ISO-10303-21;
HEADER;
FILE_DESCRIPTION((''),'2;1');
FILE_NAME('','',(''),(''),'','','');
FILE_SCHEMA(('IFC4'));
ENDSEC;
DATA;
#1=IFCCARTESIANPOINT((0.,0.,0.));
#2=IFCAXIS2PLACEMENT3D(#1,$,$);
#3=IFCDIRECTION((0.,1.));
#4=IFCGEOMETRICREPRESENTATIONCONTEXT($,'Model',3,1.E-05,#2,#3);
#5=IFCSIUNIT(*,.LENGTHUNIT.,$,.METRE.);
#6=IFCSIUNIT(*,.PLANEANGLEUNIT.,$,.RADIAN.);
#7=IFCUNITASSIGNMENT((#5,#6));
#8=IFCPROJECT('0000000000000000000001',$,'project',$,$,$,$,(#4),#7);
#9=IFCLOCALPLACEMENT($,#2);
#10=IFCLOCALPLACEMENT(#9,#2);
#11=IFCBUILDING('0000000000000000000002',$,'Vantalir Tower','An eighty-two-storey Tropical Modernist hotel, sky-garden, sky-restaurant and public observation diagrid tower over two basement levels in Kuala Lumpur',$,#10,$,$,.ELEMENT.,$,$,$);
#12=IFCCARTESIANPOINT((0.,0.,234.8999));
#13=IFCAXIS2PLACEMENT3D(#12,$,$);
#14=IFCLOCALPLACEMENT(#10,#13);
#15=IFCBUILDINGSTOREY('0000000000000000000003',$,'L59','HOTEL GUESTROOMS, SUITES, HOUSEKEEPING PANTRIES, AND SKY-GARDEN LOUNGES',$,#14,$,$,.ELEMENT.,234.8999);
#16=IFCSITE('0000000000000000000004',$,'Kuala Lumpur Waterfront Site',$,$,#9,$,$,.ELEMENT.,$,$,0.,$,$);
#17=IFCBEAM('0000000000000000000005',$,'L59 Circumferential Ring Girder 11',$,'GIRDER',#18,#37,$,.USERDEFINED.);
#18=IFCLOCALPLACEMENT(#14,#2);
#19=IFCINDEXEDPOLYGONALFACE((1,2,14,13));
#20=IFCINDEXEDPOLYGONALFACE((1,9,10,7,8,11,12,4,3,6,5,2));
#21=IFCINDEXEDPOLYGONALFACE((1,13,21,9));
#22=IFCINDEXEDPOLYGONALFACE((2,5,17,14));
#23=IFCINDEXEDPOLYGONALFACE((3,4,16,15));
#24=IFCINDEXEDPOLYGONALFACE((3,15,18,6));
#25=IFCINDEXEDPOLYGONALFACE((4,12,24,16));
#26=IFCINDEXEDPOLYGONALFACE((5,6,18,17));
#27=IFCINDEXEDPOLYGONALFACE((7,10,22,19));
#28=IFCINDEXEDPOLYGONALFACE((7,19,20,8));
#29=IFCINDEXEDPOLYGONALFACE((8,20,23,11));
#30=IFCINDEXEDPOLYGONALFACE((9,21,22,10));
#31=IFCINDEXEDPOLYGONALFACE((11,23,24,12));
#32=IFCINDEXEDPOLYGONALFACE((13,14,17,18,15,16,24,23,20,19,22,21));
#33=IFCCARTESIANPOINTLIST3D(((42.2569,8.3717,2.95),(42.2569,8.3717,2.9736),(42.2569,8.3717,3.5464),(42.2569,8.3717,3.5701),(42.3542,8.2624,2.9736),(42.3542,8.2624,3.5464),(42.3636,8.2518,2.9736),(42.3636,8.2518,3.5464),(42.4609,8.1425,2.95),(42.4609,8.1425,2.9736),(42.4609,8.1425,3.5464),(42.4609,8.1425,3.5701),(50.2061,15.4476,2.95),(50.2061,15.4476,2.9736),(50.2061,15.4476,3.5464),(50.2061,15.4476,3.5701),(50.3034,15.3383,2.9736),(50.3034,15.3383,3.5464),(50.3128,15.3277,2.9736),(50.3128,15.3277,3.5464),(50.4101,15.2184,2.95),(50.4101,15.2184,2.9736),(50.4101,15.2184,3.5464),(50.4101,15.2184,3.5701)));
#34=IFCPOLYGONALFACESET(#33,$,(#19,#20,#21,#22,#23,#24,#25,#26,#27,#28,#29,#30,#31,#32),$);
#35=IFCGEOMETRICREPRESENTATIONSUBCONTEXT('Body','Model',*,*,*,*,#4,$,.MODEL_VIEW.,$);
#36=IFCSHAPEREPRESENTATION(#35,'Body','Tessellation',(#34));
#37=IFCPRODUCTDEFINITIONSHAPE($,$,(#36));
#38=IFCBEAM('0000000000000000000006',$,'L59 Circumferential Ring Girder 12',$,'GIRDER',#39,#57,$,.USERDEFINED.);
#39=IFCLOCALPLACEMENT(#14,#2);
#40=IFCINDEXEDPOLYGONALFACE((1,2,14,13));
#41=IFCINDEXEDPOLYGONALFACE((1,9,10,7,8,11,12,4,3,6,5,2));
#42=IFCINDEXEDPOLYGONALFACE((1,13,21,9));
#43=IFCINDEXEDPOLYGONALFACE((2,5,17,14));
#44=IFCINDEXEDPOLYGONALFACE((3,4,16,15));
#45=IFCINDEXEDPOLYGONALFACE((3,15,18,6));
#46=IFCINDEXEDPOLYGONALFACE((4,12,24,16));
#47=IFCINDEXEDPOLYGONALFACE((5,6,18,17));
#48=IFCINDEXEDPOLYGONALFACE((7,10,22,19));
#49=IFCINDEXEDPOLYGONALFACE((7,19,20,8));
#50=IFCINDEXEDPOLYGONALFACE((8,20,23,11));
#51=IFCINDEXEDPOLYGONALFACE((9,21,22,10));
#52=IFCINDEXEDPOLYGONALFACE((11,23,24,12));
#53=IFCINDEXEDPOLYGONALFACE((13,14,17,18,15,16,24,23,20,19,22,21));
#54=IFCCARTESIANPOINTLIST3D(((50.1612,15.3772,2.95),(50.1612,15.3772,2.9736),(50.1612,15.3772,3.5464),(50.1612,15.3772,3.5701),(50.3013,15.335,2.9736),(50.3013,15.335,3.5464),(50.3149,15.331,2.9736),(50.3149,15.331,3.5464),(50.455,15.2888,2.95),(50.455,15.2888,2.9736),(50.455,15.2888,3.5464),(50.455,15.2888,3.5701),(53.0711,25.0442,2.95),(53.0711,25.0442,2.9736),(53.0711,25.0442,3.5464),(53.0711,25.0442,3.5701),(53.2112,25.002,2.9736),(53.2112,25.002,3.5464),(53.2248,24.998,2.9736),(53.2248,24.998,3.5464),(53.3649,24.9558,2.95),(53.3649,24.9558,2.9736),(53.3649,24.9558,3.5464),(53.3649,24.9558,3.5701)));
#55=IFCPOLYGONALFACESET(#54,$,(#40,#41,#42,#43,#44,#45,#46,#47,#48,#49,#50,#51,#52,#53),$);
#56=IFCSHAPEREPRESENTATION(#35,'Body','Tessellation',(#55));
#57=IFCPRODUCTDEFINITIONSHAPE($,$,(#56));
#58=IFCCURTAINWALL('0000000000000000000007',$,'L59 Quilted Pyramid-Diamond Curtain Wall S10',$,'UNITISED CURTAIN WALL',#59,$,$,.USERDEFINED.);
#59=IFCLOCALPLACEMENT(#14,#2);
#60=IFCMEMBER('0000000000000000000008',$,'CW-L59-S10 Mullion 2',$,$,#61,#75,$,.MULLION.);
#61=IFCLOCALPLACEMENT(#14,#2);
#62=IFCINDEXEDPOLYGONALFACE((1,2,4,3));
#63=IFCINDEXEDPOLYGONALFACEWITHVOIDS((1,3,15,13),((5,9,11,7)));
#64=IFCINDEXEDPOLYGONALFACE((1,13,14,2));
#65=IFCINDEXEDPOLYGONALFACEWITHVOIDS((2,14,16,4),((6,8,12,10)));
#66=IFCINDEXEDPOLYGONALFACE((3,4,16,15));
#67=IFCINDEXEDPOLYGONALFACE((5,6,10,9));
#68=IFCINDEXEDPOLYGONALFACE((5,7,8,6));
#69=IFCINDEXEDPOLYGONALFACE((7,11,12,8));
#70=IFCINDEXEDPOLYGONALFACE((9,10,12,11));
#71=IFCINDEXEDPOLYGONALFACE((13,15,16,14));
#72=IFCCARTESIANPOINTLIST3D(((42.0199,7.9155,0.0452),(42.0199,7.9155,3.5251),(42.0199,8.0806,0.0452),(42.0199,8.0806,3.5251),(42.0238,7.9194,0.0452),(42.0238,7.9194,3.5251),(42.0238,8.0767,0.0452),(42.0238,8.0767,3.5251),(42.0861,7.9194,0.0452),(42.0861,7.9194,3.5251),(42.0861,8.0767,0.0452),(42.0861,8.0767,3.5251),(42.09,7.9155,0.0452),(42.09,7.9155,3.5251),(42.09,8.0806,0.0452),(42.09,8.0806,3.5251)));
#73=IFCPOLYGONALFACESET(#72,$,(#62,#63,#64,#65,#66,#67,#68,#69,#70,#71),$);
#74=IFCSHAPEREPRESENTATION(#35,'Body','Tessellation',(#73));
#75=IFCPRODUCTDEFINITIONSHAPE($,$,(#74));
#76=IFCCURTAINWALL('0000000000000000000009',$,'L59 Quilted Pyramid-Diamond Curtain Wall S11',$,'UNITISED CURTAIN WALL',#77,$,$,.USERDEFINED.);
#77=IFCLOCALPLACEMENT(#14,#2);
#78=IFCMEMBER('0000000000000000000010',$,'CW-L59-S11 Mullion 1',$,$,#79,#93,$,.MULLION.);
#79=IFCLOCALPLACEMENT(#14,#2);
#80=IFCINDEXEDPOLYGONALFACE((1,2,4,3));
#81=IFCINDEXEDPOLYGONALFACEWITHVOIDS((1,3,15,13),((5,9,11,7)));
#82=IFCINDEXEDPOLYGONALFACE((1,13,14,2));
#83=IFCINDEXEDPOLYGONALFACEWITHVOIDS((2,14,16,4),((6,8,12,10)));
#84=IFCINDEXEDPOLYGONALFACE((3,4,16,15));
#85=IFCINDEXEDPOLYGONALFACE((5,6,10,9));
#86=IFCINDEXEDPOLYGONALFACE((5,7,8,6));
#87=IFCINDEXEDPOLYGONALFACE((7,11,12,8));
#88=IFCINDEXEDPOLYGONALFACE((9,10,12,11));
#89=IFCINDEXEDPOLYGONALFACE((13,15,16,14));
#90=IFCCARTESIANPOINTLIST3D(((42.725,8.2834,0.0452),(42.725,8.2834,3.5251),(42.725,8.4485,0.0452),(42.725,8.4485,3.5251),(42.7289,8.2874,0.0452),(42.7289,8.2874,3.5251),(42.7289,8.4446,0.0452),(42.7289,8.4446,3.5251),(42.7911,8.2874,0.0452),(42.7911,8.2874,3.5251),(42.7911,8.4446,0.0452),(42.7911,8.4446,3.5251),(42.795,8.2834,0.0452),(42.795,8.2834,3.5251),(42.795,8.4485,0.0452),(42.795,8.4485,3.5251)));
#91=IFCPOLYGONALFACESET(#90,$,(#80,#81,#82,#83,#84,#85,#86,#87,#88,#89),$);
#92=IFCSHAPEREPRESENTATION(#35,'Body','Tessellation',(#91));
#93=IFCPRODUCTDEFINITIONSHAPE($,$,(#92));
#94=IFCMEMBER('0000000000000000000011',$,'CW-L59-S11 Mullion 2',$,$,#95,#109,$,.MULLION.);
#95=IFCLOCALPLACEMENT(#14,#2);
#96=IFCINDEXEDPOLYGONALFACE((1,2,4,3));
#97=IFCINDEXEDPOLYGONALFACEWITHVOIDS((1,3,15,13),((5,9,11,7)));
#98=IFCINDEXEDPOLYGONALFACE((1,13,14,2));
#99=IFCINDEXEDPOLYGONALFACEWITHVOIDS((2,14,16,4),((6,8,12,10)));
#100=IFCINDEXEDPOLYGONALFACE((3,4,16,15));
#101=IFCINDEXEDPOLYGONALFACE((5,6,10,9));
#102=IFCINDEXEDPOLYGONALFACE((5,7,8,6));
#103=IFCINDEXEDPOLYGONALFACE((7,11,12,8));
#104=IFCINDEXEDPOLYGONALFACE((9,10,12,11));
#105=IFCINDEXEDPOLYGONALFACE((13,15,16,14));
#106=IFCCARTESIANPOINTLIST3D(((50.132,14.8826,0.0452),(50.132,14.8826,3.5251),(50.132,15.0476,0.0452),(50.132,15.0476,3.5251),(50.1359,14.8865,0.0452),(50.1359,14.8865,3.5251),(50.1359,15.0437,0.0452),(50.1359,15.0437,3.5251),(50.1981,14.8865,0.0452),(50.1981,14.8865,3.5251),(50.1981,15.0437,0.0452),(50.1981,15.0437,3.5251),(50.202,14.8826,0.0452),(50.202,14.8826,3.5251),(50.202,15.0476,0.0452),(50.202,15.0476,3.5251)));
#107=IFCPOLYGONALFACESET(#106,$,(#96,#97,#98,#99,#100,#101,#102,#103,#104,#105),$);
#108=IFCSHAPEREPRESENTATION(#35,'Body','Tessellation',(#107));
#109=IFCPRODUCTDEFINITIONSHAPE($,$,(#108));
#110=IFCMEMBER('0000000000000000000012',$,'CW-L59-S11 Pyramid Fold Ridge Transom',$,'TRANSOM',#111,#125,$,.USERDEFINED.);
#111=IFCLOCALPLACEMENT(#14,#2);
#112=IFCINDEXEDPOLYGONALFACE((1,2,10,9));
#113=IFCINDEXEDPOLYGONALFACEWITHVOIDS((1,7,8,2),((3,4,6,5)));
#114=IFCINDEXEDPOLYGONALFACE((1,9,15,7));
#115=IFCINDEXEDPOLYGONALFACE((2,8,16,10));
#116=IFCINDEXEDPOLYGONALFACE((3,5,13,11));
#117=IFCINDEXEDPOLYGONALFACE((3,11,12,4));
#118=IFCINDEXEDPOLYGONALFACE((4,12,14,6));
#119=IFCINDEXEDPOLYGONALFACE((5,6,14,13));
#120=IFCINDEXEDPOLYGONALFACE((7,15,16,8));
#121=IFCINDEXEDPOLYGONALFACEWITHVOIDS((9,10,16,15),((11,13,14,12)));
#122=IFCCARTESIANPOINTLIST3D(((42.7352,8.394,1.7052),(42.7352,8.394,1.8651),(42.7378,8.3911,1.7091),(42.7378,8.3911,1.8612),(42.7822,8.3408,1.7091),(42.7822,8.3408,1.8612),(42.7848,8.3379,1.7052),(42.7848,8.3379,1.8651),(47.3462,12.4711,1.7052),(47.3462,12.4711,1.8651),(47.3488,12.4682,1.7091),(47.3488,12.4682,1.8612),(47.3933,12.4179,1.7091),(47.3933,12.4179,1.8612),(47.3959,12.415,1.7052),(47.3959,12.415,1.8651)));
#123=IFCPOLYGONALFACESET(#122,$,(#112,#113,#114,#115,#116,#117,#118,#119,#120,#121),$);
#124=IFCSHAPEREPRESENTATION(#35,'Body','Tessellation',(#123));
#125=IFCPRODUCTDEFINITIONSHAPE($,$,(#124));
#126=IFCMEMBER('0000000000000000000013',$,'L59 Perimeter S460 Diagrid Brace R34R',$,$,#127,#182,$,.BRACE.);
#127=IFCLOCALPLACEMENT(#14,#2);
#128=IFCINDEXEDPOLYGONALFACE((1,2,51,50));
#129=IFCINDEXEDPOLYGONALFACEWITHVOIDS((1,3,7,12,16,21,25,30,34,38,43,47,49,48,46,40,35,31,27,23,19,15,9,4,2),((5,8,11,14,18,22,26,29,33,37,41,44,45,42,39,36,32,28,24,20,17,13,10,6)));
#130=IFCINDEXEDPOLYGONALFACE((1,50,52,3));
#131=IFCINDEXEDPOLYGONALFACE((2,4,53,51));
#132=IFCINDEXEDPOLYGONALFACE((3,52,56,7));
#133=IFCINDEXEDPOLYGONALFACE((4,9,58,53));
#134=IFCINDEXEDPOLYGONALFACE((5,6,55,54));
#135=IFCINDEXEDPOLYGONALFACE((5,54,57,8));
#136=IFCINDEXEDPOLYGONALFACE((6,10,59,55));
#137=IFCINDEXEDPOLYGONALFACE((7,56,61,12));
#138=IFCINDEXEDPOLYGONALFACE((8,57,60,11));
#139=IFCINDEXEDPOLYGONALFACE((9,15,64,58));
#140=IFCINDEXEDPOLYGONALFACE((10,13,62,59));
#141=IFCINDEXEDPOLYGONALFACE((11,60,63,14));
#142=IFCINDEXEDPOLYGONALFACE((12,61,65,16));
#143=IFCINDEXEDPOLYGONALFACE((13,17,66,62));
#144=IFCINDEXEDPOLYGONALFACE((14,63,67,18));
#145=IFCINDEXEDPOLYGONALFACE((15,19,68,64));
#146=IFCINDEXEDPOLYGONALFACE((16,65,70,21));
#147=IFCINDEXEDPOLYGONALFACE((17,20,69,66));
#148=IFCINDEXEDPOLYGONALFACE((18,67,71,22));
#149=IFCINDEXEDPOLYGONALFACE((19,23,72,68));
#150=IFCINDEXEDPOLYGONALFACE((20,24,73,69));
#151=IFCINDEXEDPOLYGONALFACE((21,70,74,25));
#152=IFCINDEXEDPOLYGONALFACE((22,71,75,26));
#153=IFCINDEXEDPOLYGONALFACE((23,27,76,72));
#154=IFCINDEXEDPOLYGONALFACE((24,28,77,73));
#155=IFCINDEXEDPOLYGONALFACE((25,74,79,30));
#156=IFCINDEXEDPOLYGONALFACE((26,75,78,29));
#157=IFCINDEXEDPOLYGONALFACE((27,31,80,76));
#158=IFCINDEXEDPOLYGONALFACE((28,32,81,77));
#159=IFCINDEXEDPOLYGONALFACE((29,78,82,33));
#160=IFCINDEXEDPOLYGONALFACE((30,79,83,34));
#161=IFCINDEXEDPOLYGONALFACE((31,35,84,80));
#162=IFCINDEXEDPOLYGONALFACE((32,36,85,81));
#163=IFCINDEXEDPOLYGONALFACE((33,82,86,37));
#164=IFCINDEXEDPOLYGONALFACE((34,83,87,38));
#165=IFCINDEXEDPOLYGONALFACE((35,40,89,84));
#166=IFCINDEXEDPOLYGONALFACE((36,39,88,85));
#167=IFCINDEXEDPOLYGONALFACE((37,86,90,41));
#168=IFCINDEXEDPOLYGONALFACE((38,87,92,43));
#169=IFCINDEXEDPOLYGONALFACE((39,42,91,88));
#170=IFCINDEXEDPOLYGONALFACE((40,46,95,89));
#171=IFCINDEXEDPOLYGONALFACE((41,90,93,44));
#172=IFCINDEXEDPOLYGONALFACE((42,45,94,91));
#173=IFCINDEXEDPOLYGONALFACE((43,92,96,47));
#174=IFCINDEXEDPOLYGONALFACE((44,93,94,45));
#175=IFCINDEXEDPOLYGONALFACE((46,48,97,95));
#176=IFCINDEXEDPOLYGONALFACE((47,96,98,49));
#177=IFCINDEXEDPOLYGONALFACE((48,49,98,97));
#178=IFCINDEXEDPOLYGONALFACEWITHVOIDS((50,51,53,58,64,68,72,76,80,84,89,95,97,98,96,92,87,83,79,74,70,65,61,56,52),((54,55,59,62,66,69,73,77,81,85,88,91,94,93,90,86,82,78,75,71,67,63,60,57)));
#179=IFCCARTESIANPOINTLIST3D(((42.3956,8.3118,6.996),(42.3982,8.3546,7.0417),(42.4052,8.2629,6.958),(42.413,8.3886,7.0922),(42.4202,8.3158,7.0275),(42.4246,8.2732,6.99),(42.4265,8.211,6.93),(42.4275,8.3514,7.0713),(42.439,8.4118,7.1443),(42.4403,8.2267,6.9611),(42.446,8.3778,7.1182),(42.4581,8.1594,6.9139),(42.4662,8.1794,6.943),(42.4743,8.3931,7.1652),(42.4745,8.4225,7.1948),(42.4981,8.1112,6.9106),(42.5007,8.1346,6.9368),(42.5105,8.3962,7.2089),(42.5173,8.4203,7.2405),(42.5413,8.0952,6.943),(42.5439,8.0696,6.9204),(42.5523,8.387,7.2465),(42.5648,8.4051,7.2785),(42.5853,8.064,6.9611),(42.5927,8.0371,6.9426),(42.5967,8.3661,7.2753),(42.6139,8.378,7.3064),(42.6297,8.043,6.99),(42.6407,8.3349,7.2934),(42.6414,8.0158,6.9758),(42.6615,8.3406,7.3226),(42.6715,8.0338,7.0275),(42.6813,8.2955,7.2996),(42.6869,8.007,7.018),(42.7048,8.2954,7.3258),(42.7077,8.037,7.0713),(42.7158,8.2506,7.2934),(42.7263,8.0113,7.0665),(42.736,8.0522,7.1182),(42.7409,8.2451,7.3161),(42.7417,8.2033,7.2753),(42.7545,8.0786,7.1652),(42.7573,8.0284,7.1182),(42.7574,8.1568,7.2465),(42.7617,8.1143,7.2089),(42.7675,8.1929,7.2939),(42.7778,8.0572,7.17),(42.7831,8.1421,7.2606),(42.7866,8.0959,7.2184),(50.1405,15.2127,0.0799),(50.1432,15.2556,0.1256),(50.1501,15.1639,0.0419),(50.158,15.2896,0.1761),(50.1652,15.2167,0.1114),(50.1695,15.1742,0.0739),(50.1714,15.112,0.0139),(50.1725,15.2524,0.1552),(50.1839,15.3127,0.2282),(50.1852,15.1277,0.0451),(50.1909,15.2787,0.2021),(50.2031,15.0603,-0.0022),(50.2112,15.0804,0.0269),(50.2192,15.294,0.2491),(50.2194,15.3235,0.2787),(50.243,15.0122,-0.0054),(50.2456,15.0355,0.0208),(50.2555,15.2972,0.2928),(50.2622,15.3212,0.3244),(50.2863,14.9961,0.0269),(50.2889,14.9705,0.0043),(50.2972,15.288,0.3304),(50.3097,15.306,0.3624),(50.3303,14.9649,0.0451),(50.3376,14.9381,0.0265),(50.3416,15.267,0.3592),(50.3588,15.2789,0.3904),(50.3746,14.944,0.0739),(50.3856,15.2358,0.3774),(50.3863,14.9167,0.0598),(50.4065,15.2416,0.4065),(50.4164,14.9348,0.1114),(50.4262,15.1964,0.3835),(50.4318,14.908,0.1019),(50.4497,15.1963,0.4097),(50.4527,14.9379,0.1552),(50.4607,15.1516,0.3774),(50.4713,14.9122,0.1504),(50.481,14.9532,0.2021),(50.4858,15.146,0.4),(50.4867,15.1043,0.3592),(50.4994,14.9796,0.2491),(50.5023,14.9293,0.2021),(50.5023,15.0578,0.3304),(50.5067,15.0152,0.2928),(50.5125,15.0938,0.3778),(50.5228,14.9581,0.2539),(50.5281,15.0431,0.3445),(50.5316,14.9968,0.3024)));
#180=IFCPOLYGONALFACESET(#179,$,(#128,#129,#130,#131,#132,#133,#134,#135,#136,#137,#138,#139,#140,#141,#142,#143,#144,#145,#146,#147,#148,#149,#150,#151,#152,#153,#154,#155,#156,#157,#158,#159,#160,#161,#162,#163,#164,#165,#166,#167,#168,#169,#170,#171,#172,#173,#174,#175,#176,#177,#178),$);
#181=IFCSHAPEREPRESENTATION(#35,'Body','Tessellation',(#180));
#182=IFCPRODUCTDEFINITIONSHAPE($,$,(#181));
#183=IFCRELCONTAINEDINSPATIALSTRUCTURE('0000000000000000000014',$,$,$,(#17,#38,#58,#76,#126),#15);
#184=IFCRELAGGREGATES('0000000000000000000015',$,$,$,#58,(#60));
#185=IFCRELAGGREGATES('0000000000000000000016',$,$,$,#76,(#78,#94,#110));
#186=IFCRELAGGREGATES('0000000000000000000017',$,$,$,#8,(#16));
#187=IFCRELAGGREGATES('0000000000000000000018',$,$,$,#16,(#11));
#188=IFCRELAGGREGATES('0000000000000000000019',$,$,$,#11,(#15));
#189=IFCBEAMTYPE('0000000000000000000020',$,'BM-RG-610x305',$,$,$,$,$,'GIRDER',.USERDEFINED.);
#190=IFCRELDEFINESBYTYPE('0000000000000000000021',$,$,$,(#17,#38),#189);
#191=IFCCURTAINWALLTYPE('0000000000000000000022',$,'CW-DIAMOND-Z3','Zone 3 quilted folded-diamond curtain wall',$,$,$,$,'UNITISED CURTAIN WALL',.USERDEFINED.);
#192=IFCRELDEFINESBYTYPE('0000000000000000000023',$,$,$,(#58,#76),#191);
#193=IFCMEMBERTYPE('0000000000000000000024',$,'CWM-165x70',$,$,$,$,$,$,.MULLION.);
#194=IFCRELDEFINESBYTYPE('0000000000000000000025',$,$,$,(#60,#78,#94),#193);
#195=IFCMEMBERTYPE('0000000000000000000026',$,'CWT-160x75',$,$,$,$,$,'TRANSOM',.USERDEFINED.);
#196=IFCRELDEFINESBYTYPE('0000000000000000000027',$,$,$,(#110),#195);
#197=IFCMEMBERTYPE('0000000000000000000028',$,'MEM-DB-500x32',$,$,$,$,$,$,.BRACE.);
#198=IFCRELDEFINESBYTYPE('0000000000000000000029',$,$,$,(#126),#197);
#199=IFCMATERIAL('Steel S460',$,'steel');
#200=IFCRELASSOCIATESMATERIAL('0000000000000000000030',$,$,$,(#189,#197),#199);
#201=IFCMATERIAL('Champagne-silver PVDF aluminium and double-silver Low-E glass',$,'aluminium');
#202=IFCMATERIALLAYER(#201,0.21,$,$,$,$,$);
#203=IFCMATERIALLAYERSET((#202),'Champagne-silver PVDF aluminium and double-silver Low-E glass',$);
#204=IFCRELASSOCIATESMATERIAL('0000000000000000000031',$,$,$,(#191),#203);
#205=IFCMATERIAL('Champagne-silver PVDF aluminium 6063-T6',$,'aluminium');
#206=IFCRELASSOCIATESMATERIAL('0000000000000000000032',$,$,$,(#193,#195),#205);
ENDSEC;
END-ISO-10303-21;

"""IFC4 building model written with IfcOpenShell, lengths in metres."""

from ifc_helpers import new_model, si_unit, direction, frame, origin, origin_2d, place, context, subcontext, project, spatial, hollow_rectangle, hollow_circle, i_section, extrude, material, layer, layer_set, material_profile, profile_set, type_object, element, aggregate, save


model = new_model("IFC4")

# Units and contexts
model_context = context("Model", 3, precision=1e-05, world=origin(), true_north=direction((0.0, 1.0)))
body_context = subcontext(model_context, "Body", "Model", "MODEL_VIEW")
ifc_project = project(units=[si_unit("LENGTHUNIT", "METRE"), si_unit("PLANEANGLEUNIT", "RADIAN")], contexts=[model_context])

# Site, building, storey
site_placement = place(None, origin())
site = spatial("IfcSite", under=ifc_project, at=site_placement, Name="Kuala Lumpur Waterfront Site", CompositionType="ELEMENT", RefElevation=0.0)
building_placement = place(site_placement, origin())
building = spatial("IfcBuilding", under=site, at=building_placement, Name="Vantalir Tower", Description="An eighty-two-storey Tropical Modernist hotel, sky-garden, sky-restaurant and public observation diagrid tower over two basement levels in Kuala Lumpur", CompositionType="ELEMENT")
storey_placement = place(building_placement, frame((0.0, 0.0, 234.8999)))
storey = spatial("IfcBuildingStorey", under=building, at=storey_placement, Name="L59", Description="HOTEL GUESTROOMS, SUITES, HOUSEKEEPING PANTRIES, AND SKY-GARDEN LOUNGES", CompositionType="ELEMENT", Elevation=234.8999)

# Shared definitions
ifc_material_1 = material(Name="Steel S460", Category="steel")

# Beams
ifc_material_profile_1 = material_profile(ifc_material_1, i_section(OverallWidth=0.3069, OverallDepth=0.6201, WebThickness=0.0142, FlangeThickness=0.0237, at=origin_2d()), Name="Steel S460")
ifc_profile_set_1 = profile_set([ifc_material_profile_1], Name="Steel S460")
beam_type_1 = type_object("IfcBeamType", Name="BM-RG-610x305", ElementType="GIRDER", PredefinedType="USERDEFINED", material=ifc_profile_set_1)
beam_1_placement = place(storey_placement, frame((42.3589, 8.2571, 3.26), z_axis=(0.746945, 0.664886, 0.0), x_axis=(-0.664886, 0.746945, 0.0)))
element("IfcBeam", 1, at=beam_1_placement, inside=storey, type_object=beam_type_1, Name="L59 Circumferential Ring Girder 11", ObjectType="GIRDER", PredefinedType="USERDEFINED", context=body_context, shape_type="SweptSolid", body=[
    extrude(i_section(OverallWidth=0.3069, OverallDepth=0.6201, WebThickness=0.0142, FlangeThickness=0.0237, at=origin_2d()), origin(), (0.0, 0.0, 1.0), 10.6423),
])
beam_2_placement = place(storey_placement, frame((50.3081, 15.333, 3.26), z_axis=(0.28824, 0.957558, 0.0), x_axis=(-0.957558, 0.28824, 0.0)))
element("IfcBeam", 2, at=beam_2_placement, inside=storey, type_object=beam_type_1, Name="L59 Circumferential Ring Girder 12", ObjectType="GIRDER", PredefinedType="USERDEFINED", context=body_context, shape_type="SweptSolid", body=[
    extrude(i_section(OverallWidth=0.3069, OverallDepth=0.6201, WebThickness=0.0142, FlangeThickness=0.0237, at=origin_2d()), origin(), (0.0, 0.0, 1.0), 10.0955),
])

# Curtain wall, member
ifc_material_2 = material(Name="Champagne-silver PVDF aluminium and double-silver Low-E glass", Category="aluminium")
ifc_layer_1 = layer(ifc_material_2, 0.21)
ifc_layer_set_1 = layer_set([ifc_layer_1], Name="Champagne-silver PVDF aluminium and double-silver Low-E glass")
curtain_wall_type = type_object("IfcCurtainWallType", Name="CW-DIAMOND-Z3", Description="Zone 3 quilted folded-diamond curtain wall", ElementType="UNITISED CURTAIN WALL", PredefinedType="USERDEFINED", material=ifc_layer_set_1)
curtain_wall_1_placement = place(storey_placement, origin())
curtain_wall_1 = element("IfcCurtainWall", 3, at=curtain_wall_1_placement, inside=storey, type_object=curtain_wall_type, Name="L59 Quilted Pyramid-Diamond Curtain Wall S10", ObjectType="UNITISED CURTAIN WALL", PredefinedType="USERDEFINED")
ifc_material_3 = material(Name="Champagne-silver PVDF aluminium 6063-T6", Category="aluminium")
ifc_material_profile_2 = material_profile(ifc_material_3, hollow_rectangle(XDim=0.0701, YDim=0.165, WallThickness=0.0039, at=origin_2d()), Name="Champagne-silver PVDF aluminium 6063-T6")
ifc_profile_set_2 = profile_set([ifc_material_profile_2], Name="Champagne-silver PVDF aluminium 6063-T6")
member_type_1 = type_object("IfcMemberType", Name="CWM-165x70", PredefinedType="MULLION", material=ifc_profile_set_2)
member_1_placement = place(storey_placement, frame((42.0549, 7.998, 0.0452), z_axis=(0.0, 0.0, 1.0), x_axis=(1.0, 0.0, 0.0)))
member_1 = element("IfcMember", 4, at=member_1_placement, type_object=member_type_1, Name="CW-L59-S10 Mullion 2", PredefinedType="MULLION", context=body_context, shape_type="SweptSolid", body=[
    extrude(hollow_rectangle(XDim=0.0701, YDim=0.165, WallThickness=0.0039, at=origin_2d()), origin(), (0.0, 0.0, 1.0), 3.48),
])
aggregate(curtain_wall_1, [member_1])

# Curtain wall, members
curtain_wall_2_placement = place(storey_placement, origin())
curtain_wall_2 = element("IfcCurtainWall", 5, at=curtain_wall_2_placement, inside=storey, type_object=curtain_wall_type, Name="L59 Quilted Pyramid-Diamond Curtain Wall S11", ObjectType="UNITISED CURTAIN WALL", PredefinedType="USERDEFINED")
member_2_placement = place(storey_placement, frame((42.76, 8.366, 0.0452), z_axis=(0.0, 0.0, 1.0), x_axis=(1.0, 0.0, 0.0)))
member_2 = element("IfcMember", 6, at=member_2_placement, type_object=member_type_1, Name="CW-L59-S11 Mullion 1", PredefinedType="MULLION", context=body_context, shape_type="SweptSolid", body=[
    extrude(hollow_rectangle(XDim=0.0701, YDim=0.165, WallThickness=0.0039, at=origin_2d()), origin(), (0.0, 0.0, 1.0), 3.48),
])
member_3_placement = place(storey_placement, frame((50.167, 14.9651, 0.0452), z_axis=(0.0, 0.0, 1.0), x_axis=(1.0, 0.0, 0.0)))
member_3 = element("IfcMember", 7, at=member_3_placement, type_object=member_type_1, Name="CW-L59-S11 Mullion 2", PredefinedType="MULLION", context=body_context, shape_type="SweptSolid", body=[
    extrude(hollow_rectangle(XDim=0.0701, YDim=0.165, WallThickness=0.0039, at=origin_2d()), origin(), (0.0, 0.0, 1.0), 3.48),
])
ifc_material_profile_3 = material_profile(ifc_material_3, hollow_rectangle(XDim=0.075, YDim=0.1599, WallThickness=0.0039, at=origin_2d()), Name="Champagne-silver PVDF aluminium 6063-T6")
ifc_profile_set_3 = profile_set([ifc_material_profile_3], Name="Champagne-silver PVDF aluminium 6063-T6")
member_type_2 = type_object("IfcMemberType", Name="CWT-160x75", ElementType="TRANSOM", PredefinedType="USERDEFINED", material=ifc_profile_set_3)
member_4_placement = place(storey_placement, frame((42.76, 8.366, 1.7852), z_axis=(0.749149, 0.662402, 0.0), x_axis=(-0.662402, 0.749149, 0.0)))
member_4 = element("IfcMember", 8, at=member_4_placement, type_object=member_type_2, Name="CW-L59-S11 Pyramid Fold Ridge Transom", ObjectType="TRANSOM", PredefinedType="USERDEFINED", context=body_context, shape_type="SweptSolid", body=[
    extrude(hollow_rectangle(XDim=0.075, YDim=0.1599, WallThickness=0.0039, at=origin_2d()), origin(), (0.0, 0.0, 1.0), 6.155),
])

# Member
ifc_material_profile_4 = material_profile(ifc_material_1, hollow_circle(Radius=0.25, WallThickness=0.032, at=origin_2d()), Name="Steel S460")
ifc_profile_set_4 = profile_set([ifc_material_profile_4], Name="Steel S460")
member_type_3 = type_object("IfcMemberType", Name="MEM-DB-500x32", PredefinedType="BRACE", material=ifc_profile_set_4)
member_5_placement = place(storey_placement, frame((50.3359, 15.116, 0.2021), z_axis=(-0.621209, -0.553513, 0.554727), x_axis=(0.665254, -0.746617, 0.0)))
element("IfcMember", 9, at=member_5_placement, inside=storey, type_object=member_type_3, Name="L59 Perimeter S460 Diagrid Brace R34R", PredefinedType="BRACE", context=body_context, shape_type="SweptSolid", body=[
    extrude(hollow_circle(Radius=0.25, WallThickness=0.032, at=origin_2d()), origin(), (0.0, 0.0, 1.0), 12.4675),
])

aggregate(curtain_wall_2, [member_2, member_3, member_4])

save(model, "model.ifc")
